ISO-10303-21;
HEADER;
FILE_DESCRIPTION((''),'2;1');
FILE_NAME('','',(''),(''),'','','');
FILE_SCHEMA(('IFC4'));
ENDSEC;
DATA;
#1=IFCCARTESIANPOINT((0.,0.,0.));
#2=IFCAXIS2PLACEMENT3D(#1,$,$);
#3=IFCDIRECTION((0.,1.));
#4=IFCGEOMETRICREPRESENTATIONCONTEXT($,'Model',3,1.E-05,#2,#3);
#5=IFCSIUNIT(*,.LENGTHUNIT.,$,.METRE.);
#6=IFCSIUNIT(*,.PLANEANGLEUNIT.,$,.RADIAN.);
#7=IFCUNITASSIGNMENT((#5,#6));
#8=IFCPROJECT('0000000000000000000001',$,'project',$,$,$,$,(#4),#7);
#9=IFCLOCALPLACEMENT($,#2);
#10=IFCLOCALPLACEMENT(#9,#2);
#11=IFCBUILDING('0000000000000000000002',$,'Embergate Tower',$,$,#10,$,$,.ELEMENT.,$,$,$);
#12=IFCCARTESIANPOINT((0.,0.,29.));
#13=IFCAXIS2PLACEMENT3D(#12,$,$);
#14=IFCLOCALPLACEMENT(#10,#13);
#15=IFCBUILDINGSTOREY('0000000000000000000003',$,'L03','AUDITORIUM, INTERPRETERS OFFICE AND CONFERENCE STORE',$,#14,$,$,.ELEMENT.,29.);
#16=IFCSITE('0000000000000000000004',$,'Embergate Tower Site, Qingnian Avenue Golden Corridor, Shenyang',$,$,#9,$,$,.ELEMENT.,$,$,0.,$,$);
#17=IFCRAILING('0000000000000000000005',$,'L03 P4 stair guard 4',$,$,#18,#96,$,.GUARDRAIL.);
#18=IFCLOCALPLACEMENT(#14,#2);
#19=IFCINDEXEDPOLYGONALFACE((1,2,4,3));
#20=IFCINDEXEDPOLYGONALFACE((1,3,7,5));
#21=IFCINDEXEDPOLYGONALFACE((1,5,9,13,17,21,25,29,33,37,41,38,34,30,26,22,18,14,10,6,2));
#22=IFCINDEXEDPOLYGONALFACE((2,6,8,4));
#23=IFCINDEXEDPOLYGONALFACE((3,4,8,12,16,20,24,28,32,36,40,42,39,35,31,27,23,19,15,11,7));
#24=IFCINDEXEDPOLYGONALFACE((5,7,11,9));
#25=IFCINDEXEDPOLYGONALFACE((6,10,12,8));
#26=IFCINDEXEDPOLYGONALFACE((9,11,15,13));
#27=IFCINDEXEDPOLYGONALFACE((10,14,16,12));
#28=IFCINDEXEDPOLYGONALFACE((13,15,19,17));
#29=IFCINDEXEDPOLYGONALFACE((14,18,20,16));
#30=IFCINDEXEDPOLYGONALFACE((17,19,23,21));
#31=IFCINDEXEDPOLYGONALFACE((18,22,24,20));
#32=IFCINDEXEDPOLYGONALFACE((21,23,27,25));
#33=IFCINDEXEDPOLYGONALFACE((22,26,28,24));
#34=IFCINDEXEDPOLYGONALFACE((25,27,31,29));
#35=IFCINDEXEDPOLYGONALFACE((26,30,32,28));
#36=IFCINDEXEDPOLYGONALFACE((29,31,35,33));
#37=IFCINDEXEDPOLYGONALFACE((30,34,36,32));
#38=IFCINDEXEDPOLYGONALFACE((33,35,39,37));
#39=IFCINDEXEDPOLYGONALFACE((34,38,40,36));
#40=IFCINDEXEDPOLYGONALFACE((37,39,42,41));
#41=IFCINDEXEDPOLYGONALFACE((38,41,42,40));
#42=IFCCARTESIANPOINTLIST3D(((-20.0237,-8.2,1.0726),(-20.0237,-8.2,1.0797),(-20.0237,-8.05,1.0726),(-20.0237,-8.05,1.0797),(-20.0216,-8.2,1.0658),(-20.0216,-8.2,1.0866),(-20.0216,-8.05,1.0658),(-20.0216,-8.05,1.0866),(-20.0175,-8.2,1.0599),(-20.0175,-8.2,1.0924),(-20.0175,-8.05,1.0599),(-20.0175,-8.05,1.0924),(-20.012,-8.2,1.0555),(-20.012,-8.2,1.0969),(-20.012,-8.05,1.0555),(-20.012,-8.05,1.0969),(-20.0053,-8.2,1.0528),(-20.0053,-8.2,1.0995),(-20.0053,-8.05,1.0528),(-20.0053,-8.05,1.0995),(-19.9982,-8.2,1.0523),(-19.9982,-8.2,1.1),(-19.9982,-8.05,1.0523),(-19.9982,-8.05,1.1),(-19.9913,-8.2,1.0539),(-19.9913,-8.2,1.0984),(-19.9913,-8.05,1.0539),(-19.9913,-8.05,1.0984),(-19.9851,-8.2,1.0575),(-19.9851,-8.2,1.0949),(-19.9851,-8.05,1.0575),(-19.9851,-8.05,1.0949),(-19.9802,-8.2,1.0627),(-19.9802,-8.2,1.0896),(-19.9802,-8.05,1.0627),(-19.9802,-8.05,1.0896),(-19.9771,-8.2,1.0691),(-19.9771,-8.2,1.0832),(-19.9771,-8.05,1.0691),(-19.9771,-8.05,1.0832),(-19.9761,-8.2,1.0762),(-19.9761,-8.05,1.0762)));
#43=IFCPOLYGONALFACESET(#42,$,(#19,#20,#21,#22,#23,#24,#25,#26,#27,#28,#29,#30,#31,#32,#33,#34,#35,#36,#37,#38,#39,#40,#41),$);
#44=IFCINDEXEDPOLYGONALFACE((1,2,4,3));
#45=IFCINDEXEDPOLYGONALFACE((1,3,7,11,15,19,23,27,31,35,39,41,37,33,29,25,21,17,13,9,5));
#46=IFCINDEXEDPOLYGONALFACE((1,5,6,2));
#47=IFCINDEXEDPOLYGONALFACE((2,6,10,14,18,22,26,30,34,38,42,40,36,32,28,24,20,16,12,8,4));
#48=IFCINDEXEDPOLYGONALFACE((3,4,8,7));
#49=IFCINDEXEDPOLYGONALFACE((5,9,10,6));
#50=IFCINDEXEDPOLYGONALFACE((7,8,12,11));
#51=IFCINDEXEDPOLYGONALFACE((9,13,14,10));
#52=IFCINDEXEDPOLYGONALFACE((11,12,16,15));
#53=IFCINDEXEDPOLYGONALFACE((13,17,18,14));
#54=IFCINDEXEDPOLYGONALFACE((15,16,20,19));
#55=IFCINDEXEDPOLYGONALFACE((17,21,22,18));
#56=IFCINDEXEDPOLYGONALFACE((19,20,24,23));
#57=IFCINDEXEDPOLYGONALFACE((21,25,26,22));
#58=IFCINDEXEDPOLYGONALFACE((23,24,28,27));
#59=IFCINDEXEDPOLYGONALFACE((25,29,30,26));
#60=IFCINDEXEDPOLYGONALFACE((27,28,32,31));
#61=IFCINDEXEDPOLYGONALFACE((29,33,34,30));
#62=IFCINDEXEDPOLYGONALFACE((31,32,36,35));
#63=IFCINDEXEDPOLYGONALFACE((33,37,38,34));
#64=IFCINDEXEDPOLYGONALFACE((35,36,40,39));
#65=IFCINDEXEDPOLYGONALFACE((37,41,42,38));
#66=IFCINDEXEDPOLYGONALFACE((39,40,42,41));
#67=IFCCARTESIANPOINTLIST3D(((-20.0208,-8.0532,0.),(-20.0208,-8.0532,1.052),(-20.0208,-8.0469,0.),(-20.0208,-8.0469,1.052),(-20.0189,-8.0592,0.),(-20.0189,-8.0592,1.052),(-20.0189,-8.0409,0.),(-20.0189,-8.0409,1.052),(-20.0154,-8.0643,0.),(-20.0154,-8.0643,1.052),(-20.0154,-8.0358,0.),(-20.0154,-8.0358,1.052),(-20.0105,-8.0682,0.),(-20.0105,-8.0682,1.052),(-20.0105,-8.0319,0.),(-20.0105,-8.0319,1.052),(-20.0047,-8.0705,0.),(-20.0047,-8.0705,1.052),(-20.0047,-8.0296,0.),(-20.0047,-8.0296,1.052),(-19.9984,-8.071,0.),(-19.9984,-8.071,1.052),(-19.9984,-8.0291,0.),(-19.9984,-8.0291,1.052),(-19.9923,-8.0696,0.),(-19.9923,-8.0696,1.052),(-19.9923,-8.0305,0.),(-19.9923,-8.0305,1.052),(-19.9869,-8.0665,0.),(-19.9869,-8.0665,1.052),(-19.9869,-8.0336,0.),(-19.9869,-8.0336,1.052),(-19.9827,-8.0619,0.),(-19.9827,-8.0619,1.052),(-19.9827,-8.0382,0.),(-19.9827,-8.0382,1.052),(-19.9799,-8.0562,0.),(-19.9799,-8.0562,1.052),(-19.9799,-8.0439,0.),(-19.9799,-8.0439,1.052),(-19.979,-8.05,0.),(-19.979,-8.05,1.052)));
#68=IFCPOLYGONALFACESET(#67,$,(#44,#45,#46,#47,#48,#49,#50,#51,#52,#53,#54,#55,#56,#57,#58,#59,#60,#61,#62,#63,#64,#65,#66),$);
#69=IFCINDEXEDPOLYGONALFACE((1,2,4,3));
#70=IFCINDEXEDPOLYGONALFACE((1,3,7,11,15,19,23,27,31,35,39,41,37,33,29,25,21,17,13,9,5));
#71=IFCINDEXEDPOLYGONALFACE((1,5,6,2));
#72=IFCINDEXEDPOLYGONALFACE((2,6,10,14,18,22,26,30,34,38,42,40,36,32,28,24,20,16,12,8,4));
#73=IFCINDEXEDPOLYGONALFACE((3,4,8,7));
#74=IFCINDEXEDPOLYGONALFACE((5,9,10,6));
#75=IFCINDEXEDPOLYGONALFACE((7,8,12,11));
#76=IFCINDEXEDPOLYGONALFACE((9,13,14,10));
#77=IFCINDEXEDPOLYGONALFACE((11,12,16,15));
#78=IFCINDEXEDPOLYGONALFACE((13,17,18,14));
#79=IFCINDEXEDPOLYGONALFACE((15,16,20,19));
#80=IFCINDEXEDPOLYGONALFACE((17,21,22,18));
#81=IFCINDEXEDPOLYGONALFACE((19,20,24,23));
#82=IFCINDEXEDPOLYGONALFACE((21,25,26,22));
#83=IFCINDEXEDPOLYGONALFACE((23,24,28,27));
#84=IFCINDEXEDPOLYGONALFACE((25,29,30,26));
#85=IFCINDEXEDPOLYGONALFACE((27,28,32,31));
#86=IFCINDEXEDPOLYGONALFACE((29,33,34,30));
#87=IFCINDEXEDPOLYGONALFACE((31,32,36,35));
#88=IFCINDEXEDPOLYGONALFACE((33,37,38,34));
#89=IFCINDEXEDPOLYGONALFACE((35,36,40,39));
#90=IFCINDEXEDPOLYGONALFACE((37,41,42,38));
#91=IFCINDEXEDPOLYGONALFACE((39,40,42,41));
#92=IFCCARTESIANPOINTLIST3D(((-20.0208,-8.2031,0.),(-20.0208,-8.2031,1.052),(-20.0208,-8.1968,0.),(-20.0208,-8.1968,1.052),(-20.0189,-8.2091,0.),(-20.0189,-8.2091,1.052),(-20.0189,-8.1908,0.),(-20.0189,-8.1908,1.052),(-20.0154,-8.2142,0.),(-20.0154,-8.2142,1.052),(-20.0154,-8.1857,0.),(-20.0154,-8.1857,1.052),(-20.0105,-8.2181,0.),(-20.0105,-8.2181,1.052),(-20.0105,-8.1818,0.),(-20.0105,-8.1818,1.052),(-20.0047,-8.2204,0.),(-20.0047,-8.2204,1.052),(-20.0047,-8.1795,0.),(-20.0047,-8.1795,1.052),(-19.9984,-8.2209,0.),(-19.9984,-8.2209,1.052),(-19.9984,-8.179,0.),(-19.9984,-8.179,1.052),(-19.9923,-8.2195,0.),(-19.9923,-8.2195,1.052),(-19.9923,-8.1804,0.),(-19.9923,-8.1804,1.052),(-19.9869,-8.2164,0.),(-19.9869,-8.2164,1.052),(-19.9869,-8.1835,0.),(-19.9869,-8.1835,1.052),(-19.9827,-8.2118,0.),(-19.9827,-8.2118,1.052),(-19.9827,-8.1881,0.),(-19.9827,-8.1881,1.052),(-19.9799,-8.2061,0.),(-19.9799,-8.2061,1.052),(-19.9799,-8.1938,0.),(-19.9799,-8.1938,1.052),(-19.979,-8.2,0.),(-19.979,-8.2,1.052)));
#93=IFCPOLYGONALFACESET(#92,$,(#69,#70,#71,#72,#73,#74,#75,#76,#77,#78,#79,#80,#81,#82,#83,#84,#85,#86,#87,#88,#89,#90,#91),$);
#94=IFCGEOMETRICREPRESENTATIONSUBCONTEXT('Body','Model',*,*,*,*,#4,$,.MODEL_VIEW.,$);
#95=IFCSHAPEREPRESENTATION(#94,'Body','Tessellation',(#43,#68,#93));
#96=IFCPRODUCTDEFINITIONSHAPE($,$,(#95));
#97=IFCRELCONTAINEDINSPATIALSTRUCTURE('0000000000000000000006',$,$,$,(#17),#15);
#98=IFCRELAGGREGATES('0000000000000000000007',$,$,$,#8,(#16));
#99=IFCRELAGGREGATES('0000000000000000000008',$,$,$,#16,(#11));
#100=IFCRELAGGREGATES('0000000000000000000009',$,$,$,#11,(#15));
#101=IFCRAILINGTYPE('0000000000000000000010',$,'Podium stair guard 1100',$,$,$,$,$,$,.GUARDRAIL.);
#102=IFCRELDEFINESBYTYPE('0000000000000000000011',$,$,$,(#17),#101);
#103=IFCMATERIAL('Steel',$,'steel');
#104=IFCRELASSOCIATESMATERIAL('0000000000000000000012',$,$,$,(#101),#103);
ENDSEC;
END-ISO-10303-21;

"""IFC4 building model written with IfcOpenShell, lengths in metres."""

from ifc_helpers import new_model, si_unit, direction, frame, origin, origin_2d, place, context, subcontext, project, spatial, circle, extrude, source, transform, mapped, material, type_object, element, save


model = new_model("IFC4")

# Units and contexts
model_context = context("Model", 3, precision=1e-05, world=origin(), true_north=direction((0.0, 1.0)))
body_context = subcontext(model_context, "Body", "Model", "MODEL_VIEW")
ifc_project = project(units=[si_unit("LENGTHUNIT", "METRE"), si_unit("PLANEANGLEUNIT", "RADIAN")], contexts=[model_context])

# Site, building, storey
site_placement = place(None, origin())
site = spatial("IfcSite", under=ifc_project, at=site_placement, Name="Embergate Tower Site, Qingnian Avenue Golden Corridor, Shenyang", CompositionType="ELEMENT", RefElevation=0.0)
building_placement = place(site_placement, origin())
building = spatial("IfcBuilding", under=site, at=building_placement, Name="Embergate Tower", CompositionType="ELEMENT")
storey_placement = place(building_placement, frame((0.0, 0.0, 29.0)))
storey = spatial("IfcBuildingStorey", under=building, at=storey_placement, Name="L03", Description="AUDITORIUM, INTERPRETERS OFFICE AND CONFERENCE STORE", CompositionType="ELEMENT", Elevation=29.0)

# Railing
ifc_material_1 = material(Name="Steel", Category="steel")
railing_type = type_object("IfcRailingType", Name="Podium stair guard 1100", PredefinedType="GUARDRAIL", material=ifc_material_1)
shared_shape_1 = source(origin(), body_context, "Body", "SweptSolid", [
    extrude(circle(Radius=0.0239, at=origin_2d()), frame((0.0, 0.0, 1.0762), z_axis=(0.0, -1.0, 0.0), x_axis=(1.0, 0.0, 0.0)), (0.0, 0.0, 1.0), 0.1499),
    extrude(circle(Radius=0.021, at=origin_2d()), origin(), (0.0, 0.0, 1.0), 1.052),
    extrude(circle(Radius=0.021, at=origin_2d()), frame((0.0, -0.1499, 0.0)), (0.0, 0.0, 1.0), 1.052),
])
railing_placement = place(storey_placement, frame((-20.0, -8.05, 0.0)))
element("IfcRailing", 1, at=railing_placement, inside=storey, type_object=railing_type, Name="L03 P4 stair guard 4", PredefinedType="GUARDRAIL", context=body_context, shape_type="MappedRepresentation", body=[
    mapped(shared_shape_1, transform((0.0, 0.0, 0.0))),
])

save(model, "model.ifc")
